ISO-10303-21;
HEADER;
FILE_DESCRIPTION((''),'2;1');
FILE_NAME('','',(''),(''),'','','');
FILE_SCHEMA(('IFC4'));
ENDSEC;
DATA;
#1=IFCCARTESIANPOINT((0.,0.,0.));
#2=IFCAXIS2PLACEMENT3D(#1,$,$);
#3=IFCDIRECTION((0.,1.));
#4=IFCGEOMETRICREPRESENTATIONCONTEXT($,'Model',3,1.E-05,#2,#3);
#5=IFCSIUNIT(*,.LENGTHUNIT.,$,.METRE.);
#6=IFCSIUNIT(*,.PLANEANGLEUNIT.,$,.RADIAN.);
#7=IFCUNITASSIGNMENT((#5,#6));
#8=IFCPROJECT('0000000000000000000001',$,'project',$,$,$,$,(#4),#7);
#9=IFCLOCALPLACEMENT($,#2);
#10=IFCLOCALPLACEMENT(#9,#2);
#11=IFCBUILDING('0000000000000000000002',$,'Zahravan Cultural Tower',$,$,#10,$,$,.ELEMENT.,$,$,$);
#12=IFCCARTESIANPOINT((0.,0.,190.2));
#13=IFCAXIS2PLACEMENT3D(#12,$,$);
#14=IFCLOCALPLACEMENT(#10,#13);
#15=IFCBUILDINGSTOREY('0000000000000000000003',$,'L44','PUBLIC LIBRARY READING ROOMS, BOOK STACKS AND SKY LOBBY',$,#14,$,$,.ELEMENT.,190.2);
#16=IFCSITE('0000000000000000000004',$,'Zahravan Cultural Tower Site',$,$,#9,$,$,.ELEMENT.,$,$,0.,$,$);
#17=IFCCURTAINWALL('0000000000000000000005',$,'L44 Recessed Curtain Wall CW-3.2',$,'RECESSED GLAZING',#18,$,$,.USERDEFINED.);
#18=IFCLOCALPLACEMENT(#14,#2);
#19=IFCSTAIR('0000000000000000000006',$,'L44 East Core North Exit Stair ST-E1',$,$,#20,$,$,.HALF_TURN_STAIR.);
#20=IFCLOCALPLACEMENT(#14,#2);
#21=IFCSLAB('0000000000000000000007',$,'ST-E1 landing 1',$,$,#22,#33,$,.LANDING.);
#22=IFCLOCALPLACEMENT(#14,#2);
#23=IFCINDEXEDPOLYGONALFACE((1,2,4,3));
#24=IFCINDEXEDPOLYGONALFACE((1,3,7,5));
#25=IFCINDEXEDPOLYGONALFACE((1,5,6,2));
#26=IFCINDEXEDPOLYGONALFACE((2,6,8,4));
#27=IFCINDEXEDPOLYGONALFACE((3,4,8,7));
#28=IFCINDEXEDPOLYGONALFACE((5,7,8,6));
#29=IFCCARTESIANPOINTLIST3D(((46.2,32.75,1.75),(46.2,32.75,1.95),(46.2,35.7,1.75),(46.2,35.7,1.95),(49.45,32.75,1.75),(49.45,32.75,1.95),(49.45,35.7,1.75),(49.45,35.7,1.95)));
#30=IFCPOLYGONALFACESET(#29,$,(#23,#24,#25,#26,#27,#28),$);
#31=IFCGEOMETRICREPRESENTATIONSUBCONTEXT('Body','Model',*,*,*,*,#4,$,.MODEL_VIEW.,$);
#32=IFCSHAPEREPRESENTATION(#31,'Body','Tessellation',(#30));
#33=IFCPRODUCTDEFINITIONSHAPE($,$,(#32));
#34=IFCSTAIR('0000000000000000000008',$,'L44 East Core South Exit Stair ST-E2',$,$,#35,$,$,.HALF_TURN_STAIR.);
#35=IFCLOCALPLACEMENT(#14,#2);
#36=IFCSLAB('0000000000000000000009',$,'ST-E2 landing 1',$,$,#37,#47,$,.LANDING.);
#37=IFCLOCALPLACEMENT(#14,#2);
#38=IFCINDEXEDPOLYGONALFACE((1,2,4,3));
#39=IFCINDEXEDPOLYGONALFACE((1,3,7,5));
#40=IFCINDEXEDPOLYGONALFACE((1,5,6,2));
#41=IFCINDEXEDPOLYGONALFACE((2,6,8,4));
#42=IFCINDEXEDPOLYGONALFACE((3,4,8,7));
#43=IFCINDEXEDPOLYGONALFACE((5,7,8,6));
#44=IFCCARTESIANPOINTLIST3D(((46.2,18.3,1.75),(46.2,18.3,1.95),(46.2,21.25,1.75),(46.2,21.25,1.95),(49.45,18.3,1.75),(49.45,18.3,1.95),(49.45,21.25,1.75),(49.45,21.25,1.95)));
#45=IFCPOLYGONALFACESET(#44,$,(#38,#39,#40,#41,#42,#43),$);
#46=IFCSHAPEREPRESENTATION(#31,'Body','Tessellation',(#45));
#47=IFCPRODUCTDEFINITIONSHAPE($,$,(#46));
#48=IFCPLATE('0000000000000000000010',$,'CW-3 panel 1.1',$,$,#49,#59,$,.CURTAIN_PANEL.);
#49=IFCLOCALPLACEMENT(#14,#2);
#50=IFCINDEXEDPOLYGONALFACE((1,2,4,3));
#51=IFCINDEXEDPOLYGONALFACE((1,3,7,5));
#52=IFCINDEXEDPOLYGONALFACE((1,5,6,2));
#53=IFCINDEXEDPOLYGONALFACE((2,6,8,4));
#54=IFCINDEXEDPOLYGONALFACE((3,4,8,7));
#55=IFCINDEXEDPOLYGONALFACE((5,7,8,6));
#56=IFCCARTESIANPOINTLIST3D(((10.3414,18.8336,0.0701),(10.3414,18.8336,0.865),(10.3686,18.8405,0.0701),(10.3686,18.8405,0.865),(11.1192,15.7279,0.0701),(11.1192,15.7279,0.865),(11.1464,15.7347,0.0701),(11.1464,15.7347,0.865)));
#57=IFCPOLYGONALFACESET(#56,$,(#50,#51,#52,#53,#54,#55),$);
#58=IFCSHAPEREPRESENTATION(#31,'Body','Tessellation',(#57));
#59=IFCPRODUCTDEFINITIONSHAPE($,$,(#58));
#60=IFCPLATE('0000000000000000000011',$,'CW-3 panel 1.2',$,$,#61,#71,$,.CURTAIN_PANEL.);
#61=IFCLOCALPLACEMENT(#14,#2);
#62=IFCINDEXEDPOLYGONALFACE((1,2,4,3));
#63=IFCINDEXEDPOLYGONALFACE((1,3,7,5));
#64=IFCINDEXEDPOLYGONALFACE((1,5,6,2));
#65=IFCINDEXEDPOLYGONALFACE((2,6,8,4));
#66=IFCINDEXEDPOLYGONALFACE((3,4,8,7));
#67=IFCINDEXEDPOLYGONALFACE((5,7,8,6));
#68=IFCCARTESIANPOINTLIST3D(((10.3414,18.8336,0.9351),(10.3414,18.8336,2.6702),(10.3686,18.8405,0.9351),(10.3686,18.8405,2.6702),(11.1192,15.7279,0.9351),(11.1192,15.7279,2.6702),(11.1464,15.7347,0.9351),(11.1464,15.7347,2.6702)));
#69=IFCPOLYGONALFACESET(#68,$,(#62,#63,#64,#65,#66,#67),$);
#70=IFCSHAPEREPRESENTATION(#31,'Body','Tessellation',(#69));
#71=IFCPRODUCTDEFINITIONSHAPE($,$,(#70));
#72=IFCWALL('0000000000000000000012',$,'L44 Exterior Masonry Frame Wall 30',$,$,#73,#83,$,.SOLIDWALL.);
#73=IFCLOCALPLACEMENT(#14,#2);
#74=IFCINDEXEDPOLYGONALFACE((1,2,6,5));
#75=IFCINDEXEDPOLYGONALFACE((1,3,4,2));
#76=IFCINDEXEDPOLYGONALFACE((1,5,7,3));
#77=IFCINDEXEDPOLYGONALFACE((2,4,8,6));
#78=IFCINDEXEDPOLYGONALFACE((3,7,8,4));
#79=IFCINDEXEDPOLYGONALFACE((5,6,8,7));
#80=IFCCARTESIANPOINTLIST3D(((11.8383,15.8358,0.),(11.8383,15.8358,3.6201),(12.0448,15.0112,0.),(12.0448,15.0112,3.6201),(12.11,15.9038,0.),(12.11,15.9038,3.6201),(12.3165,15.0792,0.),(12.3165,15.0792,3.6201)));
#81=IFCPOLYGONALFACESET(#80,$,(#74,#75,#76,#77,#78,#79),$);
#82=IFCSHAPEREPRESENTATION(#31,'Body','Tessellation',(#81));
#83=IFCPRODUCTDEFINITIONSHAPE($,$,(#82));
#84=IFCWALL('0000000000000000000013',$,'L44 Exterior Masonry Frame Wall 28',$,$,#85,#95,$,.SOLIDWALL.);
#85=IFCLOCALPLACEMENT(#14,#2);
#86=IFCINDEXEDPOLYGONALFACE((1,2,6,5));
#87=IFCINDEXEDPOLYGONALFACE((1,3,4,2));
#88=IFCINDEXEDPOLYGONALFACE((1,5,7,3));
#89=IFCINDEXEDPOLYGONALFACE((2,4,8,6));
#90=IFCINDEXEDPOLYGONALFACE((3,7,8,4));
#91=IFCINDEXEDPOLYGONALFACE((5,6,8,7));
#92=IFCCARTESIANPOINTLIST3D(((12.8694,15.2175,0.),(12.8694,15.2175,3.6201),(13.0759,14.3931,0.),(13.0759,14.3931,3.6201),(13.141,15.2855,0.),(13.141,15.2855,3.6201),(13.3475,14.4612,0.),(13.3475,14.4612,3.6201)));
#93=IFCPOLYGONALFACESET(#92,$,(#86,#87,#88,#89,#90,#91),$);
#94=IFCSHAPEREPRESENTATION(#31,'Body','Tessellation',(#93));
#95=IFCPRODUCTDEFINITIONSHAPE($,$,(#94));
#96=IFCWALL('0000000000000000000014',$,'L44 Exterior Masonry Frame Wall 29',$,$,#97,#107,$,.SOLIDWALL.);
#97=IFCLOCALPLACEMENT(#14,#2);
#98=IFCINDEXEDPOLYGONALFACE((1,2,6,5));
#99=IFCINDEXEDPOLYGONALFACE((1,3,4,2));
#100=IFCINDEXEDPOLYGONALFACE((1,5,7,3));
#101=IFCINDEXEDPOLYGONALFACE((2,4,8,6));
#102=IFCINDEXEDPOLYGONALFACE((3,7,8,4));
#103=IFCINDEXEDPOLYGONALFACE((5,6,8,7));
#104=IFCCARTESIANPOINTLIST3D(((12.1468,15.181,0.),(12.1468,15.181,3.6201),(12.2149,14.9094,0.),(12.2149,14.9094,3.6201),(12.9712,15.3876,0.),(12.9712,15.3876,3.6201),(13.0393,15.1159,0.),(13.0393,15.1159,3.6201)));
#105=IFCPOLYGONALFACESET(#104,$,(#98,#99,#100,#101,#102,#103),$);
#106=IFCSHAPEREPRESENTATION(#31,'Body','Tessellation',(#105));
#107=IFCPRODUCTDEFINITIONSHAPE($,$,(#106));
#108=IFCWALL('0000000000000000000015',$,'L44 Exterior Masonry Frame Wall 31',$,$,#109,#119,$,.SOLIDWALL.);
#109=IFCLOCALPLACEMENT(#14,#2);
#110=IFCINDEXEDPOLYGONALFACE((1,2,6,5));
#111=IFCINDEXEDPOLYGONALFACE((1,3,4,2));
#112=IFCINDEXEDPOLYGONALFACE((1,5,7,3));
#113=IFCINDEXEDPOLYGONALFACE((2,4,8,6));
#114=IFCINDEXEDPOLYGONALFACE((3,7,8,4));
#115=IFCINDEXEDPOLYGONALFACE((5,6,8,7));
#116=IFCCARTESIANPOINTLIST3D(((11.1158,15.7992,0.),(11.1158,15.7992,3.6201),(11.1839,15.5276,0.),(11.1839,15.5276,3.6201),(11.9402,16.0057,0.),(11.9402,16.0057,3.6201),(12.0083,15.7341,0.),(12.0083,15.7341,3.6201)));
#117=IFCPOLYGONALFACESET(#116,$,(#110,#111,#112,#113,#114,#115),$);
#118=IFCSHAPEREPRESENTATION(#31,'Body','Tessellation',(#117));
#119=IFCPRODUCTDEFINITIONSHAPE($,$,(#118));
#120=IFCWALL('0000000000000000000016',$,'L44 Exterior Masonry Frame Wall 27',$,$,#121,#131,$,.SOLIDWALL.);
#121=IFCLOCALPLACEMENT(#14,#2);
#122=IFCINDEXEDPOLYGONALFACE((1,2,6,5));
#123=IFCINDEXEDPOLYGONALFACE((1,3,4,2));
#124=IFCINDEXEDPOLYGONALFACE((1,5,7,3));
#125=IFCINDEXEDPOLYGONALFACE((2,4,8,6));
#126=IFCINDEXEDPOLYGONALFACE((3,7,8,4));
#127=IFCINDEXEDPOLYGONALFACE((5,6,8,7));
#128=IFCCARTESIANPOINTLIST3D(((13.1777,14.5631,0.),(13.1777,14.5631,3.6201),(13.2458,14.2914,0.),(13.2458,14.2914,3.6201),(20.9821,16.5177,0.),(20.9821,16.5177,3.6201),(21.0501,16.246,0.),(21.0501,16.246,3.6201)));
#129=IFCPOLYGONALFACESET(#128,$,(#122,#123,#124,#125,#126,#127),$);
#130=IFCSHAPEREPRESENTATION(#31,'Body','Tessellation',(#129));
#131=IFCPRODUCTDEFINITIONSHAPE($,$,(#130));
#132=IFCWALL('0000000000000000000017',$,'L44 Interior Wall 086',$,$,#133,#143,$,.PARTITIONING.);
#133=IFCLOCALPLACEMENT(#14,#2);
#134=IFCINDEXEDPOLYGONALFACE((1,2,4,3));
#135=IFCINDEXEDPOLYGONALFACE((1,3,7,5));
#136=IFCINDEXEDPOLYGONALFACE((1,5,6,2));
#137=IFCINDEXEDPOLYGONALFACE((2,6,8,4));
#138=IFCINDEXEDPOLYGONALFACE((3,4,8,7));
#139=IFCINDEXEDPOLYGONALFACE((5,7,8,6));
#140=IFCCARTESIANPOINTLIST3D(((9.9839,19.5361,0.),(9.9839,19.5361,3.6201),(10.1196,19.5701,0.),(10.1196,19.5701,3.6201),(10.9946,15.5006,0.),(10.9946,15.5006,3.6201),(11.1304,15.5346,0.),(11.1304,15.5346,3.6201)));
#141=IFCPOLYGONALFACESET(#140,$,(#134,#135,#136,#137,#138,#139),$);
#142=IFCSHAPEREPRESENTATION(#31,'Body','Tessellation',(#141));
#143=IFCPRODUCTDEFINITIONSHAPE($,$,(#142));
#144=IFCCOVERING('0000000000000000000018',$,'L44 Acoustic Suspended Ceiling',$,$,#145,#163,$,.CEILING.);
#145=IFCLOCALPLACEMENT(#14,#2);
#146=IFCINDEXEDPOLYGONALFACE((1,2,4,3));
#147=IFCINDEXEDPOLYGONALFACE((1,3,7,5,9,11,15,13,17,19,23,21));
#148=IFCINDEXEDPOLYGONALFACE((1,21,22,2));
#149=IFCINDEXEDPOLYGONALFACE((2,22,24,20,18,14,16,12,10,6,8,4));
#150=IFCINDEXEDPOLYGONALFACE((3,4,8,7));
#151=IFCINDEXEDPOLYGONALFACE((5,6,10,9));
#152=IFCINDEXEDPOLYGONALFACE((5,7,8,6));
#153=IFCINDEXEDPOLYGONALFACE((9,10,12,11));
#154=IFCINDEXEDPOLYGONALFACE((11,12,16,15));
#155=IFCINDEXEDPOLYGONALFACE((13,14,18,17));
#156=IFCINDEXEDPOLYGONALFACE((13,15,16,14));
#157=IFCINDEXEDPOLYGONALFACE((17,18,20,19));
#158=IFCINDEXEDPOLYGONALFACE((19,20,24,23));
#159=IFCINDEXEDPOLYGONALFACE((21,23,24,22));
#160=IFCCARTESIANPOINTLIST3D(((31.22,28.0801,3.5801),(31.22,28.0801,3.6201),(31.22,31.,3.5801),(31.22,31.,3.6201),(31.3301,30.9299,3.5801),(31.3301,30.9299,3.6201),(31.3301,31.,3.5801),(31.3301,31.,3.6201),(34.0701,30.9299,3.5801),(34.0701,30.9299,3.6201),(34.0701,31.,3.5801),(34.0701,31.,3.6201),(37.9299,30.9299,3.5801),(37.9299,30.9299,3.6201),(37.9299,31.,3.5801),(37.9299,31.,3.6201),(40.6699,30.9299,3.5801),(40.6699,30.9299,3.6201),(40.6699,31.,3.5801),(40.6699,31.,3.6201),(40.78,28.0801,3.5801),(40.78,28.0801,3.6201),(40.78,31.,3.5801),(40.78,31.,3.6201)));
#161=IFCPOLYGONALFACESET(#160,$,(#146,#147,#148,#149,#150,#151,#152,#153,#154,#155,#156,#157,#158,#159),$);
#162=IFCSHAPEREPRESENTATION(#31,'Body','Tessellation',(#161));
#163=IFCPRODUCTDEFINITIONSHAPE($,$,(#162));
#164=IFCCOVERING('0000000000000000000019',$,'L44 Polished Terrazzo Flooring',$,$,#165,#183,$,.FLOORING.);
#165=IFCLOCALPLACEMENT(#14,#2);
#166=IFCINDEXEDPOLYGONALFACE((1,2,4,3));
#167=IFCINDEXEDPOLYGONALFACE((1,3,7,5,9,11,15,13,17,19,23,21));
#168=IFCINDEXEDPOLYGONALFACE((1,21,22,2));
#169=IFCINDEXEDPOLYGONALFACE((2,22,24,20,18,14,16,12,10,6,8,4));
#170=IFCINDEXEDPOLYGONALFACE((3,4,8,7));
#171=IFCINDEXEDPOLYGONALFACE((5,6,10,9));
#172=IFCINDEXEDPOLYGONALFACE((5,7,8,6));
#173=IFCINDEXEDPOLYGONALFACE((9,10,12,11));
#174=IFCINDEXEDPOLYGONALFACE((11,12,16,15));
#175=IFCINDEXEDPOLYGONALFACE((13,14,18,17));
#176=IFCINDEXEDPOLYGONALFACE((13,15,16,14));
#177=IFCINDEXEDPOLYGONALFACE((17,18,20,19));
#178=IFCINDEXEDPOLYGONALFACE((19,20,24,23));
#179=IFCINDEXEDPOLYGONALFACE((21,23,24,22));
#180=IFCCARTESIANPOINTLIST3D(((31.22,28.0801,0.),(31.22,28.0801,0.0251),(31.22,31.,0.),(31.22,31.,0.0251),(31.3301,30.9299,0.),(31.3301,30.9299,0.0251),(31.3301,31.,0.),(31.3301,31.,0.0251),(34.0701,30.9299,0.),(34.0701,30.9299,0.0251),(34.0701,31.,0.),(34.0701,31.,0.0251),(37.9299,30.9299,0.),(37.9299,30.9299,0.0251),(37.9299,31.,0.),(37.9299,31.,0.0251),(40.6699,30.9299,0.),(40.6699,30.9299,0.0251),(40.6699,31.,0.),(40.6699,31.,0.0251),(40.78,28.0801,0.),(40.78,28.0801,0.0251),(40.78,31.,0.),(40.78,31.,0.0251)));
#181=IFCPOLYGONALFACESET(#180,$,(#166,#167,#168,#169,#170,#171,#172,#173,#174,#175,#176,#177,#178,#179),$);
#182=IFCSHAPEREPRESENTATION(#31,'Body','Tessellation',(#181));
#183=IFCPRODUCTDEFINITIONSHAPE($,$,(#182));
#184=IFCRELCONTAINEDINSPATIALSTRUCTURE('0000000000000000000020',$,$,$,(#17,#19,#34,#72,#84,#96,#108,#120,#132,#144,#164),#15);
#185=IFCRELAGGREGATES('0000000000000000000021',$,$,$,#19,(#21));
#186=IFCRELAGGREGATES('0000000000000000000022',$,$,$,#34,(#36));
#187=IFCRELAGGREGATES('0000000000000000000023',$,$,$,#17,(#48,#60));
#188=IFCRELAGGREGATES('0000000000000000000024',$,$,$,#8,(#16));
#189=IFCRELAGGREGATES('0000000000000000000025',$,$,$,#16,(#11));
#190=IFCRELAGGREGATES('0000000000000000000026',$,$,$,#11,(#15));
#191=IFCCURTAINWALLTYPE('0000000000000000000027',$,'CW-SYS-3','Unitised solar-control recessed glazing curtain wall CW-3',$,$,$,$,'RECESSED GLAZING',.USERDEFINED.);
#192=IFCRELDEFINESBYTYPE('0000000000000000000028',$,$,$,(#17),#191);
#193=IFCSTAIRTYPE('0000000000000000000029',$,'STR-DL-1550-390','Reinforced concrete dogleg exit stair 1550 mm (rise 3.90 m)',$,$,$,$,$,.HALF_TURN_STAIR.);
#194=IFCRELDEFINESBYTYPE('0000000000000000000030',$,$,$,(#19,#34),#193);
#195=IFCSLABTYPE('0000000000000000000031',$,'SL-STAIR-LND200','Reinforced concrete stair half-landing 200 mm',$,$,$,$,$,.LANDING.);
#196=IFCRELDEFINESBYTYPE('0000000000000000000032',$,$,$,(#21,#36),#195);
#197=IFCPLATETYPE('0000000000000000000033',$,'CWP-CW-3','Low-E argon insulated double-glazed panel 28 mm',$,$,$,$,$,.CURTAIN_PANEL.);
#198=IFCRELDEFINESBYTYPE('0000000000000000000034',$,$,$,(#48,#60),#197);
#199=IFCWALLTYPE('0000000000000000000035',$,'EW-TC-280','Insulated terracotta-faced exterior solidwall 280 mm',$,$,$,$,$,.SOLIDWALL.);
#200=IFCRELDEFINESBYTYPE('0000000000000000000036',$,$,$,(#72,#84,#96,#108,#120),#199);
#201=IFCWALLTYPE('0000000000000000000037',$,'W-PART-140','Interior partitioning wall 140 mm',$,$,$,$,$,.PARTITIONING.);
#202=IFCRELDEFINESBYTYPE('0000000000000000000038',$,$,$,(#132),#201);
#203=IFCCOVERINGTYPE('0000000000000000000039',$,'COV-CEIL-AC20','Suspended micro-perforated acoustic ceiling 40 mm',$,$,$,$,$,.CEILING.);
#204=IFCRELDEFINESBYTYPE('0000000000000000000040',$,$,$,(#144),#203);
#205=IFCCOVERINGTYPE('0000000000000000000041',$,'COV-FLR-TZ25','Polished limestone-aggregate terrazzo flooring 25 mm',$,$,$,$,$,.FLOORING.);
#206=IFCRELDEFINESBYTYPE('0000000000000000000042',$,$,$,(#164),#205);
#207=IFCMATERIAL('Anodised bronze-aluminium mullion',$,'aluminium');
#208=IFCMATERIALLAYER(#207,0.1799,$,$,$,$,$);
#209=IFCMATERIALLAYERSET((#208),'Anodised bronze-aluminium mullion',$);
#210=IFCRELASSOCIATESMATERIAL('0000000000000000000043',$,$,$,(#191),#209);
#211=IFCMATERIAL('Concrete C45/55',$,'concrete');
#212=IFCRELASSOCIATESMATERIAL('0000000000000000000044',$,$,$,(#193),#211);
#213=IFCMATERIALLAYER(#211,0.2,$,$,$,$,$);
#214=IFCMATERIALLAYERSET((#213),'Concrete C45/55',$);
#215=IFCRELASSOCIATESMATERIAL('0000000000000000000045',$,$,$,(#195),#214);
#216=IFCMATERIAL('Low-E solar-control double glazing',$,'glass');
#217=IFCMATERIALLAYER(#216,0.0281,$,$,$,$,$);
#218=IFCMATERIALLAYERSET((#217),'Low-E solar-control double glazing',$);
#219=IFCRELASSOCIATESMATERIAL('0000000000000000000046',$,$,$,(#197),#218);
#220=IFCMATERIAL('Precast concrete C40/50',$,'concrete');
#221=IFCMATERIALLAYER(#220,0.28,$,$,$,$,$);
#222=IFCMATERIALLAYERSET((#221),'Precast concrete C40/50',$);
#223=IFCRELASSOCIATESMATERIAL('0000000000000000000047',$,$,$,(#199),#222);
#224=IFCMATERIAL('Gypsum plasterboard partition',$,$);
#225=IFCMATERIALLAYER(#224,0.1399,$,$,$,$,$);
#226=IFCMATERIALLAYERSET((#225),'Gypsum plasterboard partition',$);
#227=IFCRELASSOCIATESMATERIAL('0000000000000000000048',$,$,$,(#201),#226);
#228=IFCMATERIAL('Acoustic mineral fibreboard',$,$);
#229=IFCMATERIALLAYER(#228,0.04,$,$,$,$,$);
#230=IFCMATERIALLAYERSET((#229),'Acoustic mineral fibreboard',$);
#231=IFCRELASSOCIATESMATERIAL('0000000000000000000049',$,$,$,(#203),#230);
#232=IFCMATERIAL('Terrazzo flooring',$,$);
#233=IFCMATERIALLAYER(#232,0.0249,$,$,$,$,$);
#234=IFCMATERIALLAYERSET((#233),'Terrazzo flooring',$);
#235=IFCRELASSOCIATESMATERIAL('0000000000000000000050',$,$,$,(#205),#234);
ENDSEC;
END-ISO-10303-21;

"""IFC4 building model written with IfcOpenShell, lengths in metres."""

from ifc_helpers import new_model, si_unit, direction, frame, frame_2d, origin, origin_2d, place, context, subcontext, project, spatial, polyline, rectangle, outline, extrude, source, transform, mapped, material, layer, layer_set, type_object, element, aggregate, save


model = new_model("IFC4")

# Units and contexts
model_context = context("Model", 3, precision=1e-05, world=origin(), true_north=direction((0.0, 1.0)))
body_context = subcontext(model_context, "Body", "Model", "MODEL_VIEW")
ifc_project = project(units=[si_unit("LENGTHUNIT", "METRE"), si_unit("PLANEANGLEUNIT", "RADIAN")], contexts=[model_context])

# Site, building, storey
site_placement = place(None, origin())
site = spatial("IfcSite", under=ifc_project, at=site_placement, Name="Zahravan Cultural Tower Site", CompositionType="ELEMENT", RefElevation=0.0)
building_placement = place(site_placement, origin())
building = spatial("IfcBuilding", under=site, at=building_placement, Name="Zahravan Cultural Tower", CompositionType="ELEMENT")
storey_placement = place(building_placement, frame((0.0, 0.0, 190.2)))
storey = spatial("IfcBuildingStorey", under=building, at=storey_placement, Name="L44", Description="PUBLIC LIBRARY READING ROOMS, BOOK STACKS AND SKY LOBBY", CompositionType="ELEMENT", Elevation=190.2)

# Curtain wall
ifc_material_1 = material(Name="Anodised bronze-aluminium mullion", Category="aluminium")
ifc_layer_1 = layer(ifc_material_1, 0.1799)
ifc_layer_set_1 = layer_set([ifc_layer_1], Name="Anodised bronze-aluminium mullion")
curtain_wall_type = type_object("IfcCurtainWallType", Name="CW-SYS-3", Description="Unitised solar-control recessed glazing curtain wall CW-3", ElementType="RECESSED GLAZING", PredefinedType="USERDEFINED", material=ifc_layer_set_1)
curtain_wall_placement = place(storey_placement, origin())
curtain_wall = element("IfcCurtainWall", 1, at=curtain_wall_placement, inside=storey, type_object=curtain_wall_type, Name="L44 Recessed Curtain Wall CW-3.2", ObjectType="RECESSED GLAZING", PredefinedType="USERDEFINED")

# Shared definitions
ifc_material_2 = material(Name="Concrete C45/55", Category="concrete")

# Stairs, slabs
stair_type = type_object("IfcStairType", Name="STR-DL-1550-390", Description="Reinforced concrete dogleg exit stair 1550 mm (rise 3.90 m)", PredefinedType="HALF_TURN_STAIR", material=ifc_material_2)
ifc_layer_2 = layer(ifc_material_2, 0.2)
ifc_layer_set_2 = layer_set([ifc_layer_2], Name="Concrete C45/55")
slab_type_1 = type_object("IfcSlabType", Name="SL-STAIR-LND200", Description="Reinforced concrete stair half-landing 200 mm", PredefinedType="LANDING", material=ifc_layer_set_2)
stair_1_placement = place(storey_placement, origin())
stair_1 = element("IfcStair", 2, at=stair_1_placement, inside=storey, type_object=stair_type, Name="L44 East Core North Exit Stair ST-E1", PredefinedType="HALF_TURN_STAIR")
slab_1_placement = place(storey_placement, frame((0.0, 0.0, 1.75)))
slab_1 = element("IfcSlab", 3, at=slab_1_placement, type_object=slab_type_1, Name="ST-E1 landing 1", PredefinedType="LANDING", context=body_context, shape_type="SweptSolid", body=[
    extrude(outline(polyline([(49.45, 32.75), (49.45, 35.7), (46.2, 35.7), (46.2, 32.75), (49.45, 32.75)])), origin(), (0.0, 0.0, 1.0), 0.2),
])
aggregate(stair_1, [slab_1])
stair_2_placement = place(storey_placement, origin())
stair_2 = element("IfcStair", 4, at=stair_2_placement, inside=storey, type_object=stair_type, Name="L44 East Core South Exit Stair ST-E2", PredefinedType="HALF_TURN_STAIR")
slab_2_placement = place(storey_placement, frame((0.0, 0.0, 1.75)))
slab_2 = element("IfcSlab", 5, at=slab_2_placement, type_object=slab_type_1, Name="ST-E2 landing 1", PredefinedType="LANDING", context=body_context, shape_type="SweptSolid", body=[
    extrude(outline(polyline([(46.2, 21.25), (46.2, 18.3), (49.45, 18.3), (49.45, 21.25), (46.2, 21.25)])), origin(), (0.0, 0.0, 1.0), 0.2),
])
aggregate(stair_2, [slab_2])

# Plates
ifc_material_3 = material(Name="Low-E solar-control double glazing", Category="glass")
ifc_layer_3 = layer(ifc_material_3, 0.0281)
ifc_layer_set_3 = layer_set([ifc_layer_3], Name="Low-E solar-control double glazing")
plate_type = type_object("IfcPlateType", Name="CWP-CW-3", Description="Low-E argon insulated double-glazed panel 28 mm", PredefinedType="CURTAIN_PANEL", material=ifc_layer_set_3)
shared_shape_1 = source(origin(), body_context, "Body", "SweptSolid", [
    extrude(rectangle(XDim=3.2017, YDim=0.0281, at=origin_2d()), origin(), (0.0, 0.0, 1.0), 0.7949),
])
plate_1_placement = place(storey_placement, frame((10.7439, 17.2842, 0.0701), z_axis=(0.0, 0.0, 1.0), x_axis=(-0.242944, 0.97004, 0.0)))
plate_1 = element("IfcPlate", 6, at=plate_1_placement, type_object=plate_type, Name="CW-3 panel 1.1", PredefinedType="CURTAIN_PANEL", context=body_context, shape_type="MappedRepresentation", body=[
    mapped(shared_shape_1, transform((0.0, 0.0, 0.0), x_axis=(1.0, 0.0, 0.0), y_axis=(0.0, 1.0, 0.0), z_axis=(0.0, 0.0, 1.0), scale=1.0)),
])
shared_shape_2 = source(origin(), body_context, "Body", "SweptSolid", [
    extrude(rectangle(XDim=3.2017, YDim=0.0281, at=origin_2d()), origin(), (0.0, 0.0, 1.0), 1.7351),
])
plate_2_placement = place(storey_placement, frame((10.7439, 17.2842, 0.9351), z_axis=(0.0, 0.0, 1.0), x_axis=(-0.242944, 0.97004, 0.0)))
plate_2 = element("IfcPlate", 7, at=plate_2_placement, type_object=plate_type, Name="CW-3 panel 1.2", PredefinedType="CURTAIN_PANEL", context=body_context, shape_type="MappedRepresentation", body=[
    mapped(shared_shape_2, transform((0.0, 0.0, 0.0), x_axis=(1.0, 0.0, 0.0), y_axis=(0.0, 1.0, 0.0), z_axis=(0.0, 0.0, 1.0), scale=1.0)),
])
aggregate(curtain_wall, [plate_1, plate_2])

# Walls
ifc_material_4 = material(Name="Precast concrete C40/50", Category="concrete")
ifc_layer_4 = layer(ifc_material_4, 0.28)
ifc_layer_set_4 = layer_set([ifc_layer_4], Name="Precast concrete C40/50")
wall_type_1 = type_object("IfcWallType", Name="EW-TC-280", Description="Insulated terracotta-faced exterior solidwall 280 mm", PredefinedType="SOLIDWALL", material=ifc_layer_set_4)
shared_shape_3 = source(origin(), body_context, "Body", "SweptSolid", [
    extrude(rectangle(XDim=0.8501, YDim=0.28, at=frame_2d((0.425, 0.0))), origin(), (0.0, 0.0, 1.0), 3.6201),
])
wall_1_placement = place(storey_placement, frame((12.1807, 15.0452, 0.0), z_axis=(0.0, 0.0, 1.0), x_axis=(-0.242941, 0.970041, 0.0)))
element("IfcWall", 8, at=wall_1_placement, inside=storey, type_object=wall_type_1, Name="L44 Exterior Masonry Frame Wall 30", PredefinedType="SOLIDWALL", context=body_context, shape_type="MappedRepresentation", body=[
    mapped(shared_shape_3, transform((0.0, 0.0, 0.0), x_axis=(1.0, 0.0, 0.0), y_axis=(0.0, 1.0, 0.0), z_axis=(0.0, 0.0, 1.0), scale=1.0)),
])
shared_shape_4 = source(origin(), body_context, "Body", "SweptSolid", [
    extrude(rectangle(XDim=0.8499, YDim=0.28, at=frame_2d((0.4248, 0.0))), origin(), (0.0, 0.0, 1.0), 3.6201),
])
for number, where, z_axis, x_axis, name in (
    (9, (13.2117, 14.4272, 0.0), (0.0, 0.0, 1.0), (-0.243009, 0.970024, 0.0), "L44 Exterior Masonry Frame Wall 28"),
    (10, (13.0051, 15.2517, 0.0), (0.0, 0.0, 1.0), (-0.970024, -0.243009, 0.0), "L44 Exterior Masonry Frame Wall 29"),
    (11, (11.9741, 15.8699, 0.0), (0.0, 0.0, 1.0), (-0.970024, -0.243009, 0.0), "L44 Exterior Masonry Frame Wall 31"),
):
    element("IfcWall", number, at=place(storey_placement, frame(where, z_axis=z_axis, x_axis=x_axis)), inside=storey, type_object=wall_type_1, Name=name, PredefinedType="SOLIDWALL", context=body_context, shape_type="MappedRepresentation", body=[
        mapped(shared_shape_4, transform((0.0, 0.0, 0.0), x_axis=(1.0, 0.0, 0.0), y_axis=(0.0, 1.0, 0.0), z_axis=(0.0, 0.0, 1.0), scale=1.0)),
    ])
shared_shape_5 = source(origin(), body_context, "Body", "SweptSolid", [
    extrude(rectangle(XDim=8.0454, YDim=0.28, at=frame_2d((4.0227, 0.0))), origin(), (0.0, 0.0, 1.0), 3.6201),
])
wall_2_placement = place(storey_placement, frame((21.0161, 16.3818, 0.0), z_axis=(0.0, 0.0, 1.0), x_axis=(-0.970041, -0.242943, 0.0)))
element("IfcWall", 12, at=wall_2_placement, inside=storey, type_object=wall_type_1, Name="L44 Exterior Masonry Frame Wall 27", PredefinedType="SOLIDWALL", context=body_context, shape_type="MappedRepresentation", body=[
    mapped(shared_shape_5, transform((0.0, 0.0, 0.0), x_axis=(1.0, 0.0, 0.0), y_axis=(0.0, 1.0, 0.0), z_axis=(0.0, 0.0, 1.0), scale=1.0)),
])
ifc_material_5 = material(Name="Gypsum plasterboard partition")
ifc_layer_5 = layer(ifc_material_5, 0.1399)
ifc_layer_set_5 = layer_set([ifc_layer_5], Name="Gypsum plasterboard partition")
wall_type_2 = type_object("IfcWallType", Name="W-PART-140", Description="Interior partitioning wall 140 mm", PredefinedType="PARTITIONING", material=ifc_layer_set_5)
shared_shape_6 = source(origin(), body_context, "Body", "SweptSolid", [
    extrude(rectangle(XDim=4.1602, YDim=0.1399, at=frame_2d((2.0801, 0.0))), origin(), (0.0, 0.0, 1.0), 3.6201),
])
wall_3_placement = place(storey_placement, frame((11.0625, 15.5176, 0.0), z_axis=(0.0, 0.0, 1.0), x_axis=(-0.242964, 0.970035, 0.0)))
element("IfcWall", 13, at=wall_3_placement, inside=storey, type_object=wall_type_2, Name="L44 Interior Wall 086", PredefinedType="PARTITIONING", context=body_context, shape_type="MappedRepresentation", body=[
    mapped(shared_shape_6, transform((0.0, 0.0, 0.0), x_axis=(1.0, 0.0, 0.0), y_axis=(0.0, 1.0, 0.0), z_axis=(0.0, 0.0, 1.0), scale=1.0)),
])

# Coverings
ifc_material_6 = material(Name="Acoustic mineral fibreboard")
ifc_layer_6 = layer(ifc_material_6, 0.04)
ifc_layer_set_6 = layer_set([ifc_layer_6], Name="Acoustic mineral fibreboard")
covering_type_1 = type_object("IfcCoveringType", Name="COV-CEIL-AC20", Description="Suspended micro-perforated acoustic ceiling 40 mm", PredefinedType="CEILING", material=ifc_layer_set_6)
covering_1_placement = place(storey_placement, frame((0.0, 0.0, 3.5801)))
element("IfcCovering", 14, at=covering_1_placement, inside=storey, type_object=covering_type_1, Name="L44 Acoustic Suspended Ceiling", PredefinedType="CEILING", context=body_context, shape_type="SweptSolid", body=[
    extrude(outline(polyline([(31.22, 31.0), (31.22, 28.0801), (40.78, 28.0801), (40.78, 31.0), (40.6699, 31.0), (40.6699, 30.9299), (37.9299, 30.9299), (37.9299, 31.0), (34.0701, 31.0), (34.0701, 30.9299), (31.3301, 30.9299), (31.3301, 31.0), (31.22, 31.0)])), origin(), (0.0, 0.0, 1.0), 0.04),
])
ifc_material_7 = material(Name="Terrazzo flooring")
ifc_layer_7 = layer(ifc_material_7, 0.0249)
ifc_layer_set_7 = layer_set([ifc_layer_7], Name="Terrazzo flooring")
covering_type_2 = type_object("IfcCoveringType", Name="COV-FLR-TZ25", Description="Polished limestone-aggregate terrazzo flooring 25 mm", PredefinedType="FLOORING", material=ifc_layer_set_7)
covering_2_placement = place(storey_placement, origin())
element("IfcCovering", 15, at=covering_2_placement, inside=storey, type_object=covering_type_2, Name="L44 Polished Terrazzo Flooring", PredefinedType="FLOORING", context=body_context, shape_type="SweptSolid", body=[
    extrude(outline(polyline([(31.22, 31.0), (31.22, 28.0801), (40.78, 28.0801), (40.78, 31.0), (40.6699, 31.0), (40.6699, 30.9299), (37.9299, 30.9299), (37.9299, 31.0), (34.0701, 31.0), (34.0701, 30.9299), (31.3301, 30.9299), (31.3301, 31.0), (31.22, 31.0)])), origin(), (0.0, 0.0, 1.0), 0.0251),
])

save(model, "model.ifc")
